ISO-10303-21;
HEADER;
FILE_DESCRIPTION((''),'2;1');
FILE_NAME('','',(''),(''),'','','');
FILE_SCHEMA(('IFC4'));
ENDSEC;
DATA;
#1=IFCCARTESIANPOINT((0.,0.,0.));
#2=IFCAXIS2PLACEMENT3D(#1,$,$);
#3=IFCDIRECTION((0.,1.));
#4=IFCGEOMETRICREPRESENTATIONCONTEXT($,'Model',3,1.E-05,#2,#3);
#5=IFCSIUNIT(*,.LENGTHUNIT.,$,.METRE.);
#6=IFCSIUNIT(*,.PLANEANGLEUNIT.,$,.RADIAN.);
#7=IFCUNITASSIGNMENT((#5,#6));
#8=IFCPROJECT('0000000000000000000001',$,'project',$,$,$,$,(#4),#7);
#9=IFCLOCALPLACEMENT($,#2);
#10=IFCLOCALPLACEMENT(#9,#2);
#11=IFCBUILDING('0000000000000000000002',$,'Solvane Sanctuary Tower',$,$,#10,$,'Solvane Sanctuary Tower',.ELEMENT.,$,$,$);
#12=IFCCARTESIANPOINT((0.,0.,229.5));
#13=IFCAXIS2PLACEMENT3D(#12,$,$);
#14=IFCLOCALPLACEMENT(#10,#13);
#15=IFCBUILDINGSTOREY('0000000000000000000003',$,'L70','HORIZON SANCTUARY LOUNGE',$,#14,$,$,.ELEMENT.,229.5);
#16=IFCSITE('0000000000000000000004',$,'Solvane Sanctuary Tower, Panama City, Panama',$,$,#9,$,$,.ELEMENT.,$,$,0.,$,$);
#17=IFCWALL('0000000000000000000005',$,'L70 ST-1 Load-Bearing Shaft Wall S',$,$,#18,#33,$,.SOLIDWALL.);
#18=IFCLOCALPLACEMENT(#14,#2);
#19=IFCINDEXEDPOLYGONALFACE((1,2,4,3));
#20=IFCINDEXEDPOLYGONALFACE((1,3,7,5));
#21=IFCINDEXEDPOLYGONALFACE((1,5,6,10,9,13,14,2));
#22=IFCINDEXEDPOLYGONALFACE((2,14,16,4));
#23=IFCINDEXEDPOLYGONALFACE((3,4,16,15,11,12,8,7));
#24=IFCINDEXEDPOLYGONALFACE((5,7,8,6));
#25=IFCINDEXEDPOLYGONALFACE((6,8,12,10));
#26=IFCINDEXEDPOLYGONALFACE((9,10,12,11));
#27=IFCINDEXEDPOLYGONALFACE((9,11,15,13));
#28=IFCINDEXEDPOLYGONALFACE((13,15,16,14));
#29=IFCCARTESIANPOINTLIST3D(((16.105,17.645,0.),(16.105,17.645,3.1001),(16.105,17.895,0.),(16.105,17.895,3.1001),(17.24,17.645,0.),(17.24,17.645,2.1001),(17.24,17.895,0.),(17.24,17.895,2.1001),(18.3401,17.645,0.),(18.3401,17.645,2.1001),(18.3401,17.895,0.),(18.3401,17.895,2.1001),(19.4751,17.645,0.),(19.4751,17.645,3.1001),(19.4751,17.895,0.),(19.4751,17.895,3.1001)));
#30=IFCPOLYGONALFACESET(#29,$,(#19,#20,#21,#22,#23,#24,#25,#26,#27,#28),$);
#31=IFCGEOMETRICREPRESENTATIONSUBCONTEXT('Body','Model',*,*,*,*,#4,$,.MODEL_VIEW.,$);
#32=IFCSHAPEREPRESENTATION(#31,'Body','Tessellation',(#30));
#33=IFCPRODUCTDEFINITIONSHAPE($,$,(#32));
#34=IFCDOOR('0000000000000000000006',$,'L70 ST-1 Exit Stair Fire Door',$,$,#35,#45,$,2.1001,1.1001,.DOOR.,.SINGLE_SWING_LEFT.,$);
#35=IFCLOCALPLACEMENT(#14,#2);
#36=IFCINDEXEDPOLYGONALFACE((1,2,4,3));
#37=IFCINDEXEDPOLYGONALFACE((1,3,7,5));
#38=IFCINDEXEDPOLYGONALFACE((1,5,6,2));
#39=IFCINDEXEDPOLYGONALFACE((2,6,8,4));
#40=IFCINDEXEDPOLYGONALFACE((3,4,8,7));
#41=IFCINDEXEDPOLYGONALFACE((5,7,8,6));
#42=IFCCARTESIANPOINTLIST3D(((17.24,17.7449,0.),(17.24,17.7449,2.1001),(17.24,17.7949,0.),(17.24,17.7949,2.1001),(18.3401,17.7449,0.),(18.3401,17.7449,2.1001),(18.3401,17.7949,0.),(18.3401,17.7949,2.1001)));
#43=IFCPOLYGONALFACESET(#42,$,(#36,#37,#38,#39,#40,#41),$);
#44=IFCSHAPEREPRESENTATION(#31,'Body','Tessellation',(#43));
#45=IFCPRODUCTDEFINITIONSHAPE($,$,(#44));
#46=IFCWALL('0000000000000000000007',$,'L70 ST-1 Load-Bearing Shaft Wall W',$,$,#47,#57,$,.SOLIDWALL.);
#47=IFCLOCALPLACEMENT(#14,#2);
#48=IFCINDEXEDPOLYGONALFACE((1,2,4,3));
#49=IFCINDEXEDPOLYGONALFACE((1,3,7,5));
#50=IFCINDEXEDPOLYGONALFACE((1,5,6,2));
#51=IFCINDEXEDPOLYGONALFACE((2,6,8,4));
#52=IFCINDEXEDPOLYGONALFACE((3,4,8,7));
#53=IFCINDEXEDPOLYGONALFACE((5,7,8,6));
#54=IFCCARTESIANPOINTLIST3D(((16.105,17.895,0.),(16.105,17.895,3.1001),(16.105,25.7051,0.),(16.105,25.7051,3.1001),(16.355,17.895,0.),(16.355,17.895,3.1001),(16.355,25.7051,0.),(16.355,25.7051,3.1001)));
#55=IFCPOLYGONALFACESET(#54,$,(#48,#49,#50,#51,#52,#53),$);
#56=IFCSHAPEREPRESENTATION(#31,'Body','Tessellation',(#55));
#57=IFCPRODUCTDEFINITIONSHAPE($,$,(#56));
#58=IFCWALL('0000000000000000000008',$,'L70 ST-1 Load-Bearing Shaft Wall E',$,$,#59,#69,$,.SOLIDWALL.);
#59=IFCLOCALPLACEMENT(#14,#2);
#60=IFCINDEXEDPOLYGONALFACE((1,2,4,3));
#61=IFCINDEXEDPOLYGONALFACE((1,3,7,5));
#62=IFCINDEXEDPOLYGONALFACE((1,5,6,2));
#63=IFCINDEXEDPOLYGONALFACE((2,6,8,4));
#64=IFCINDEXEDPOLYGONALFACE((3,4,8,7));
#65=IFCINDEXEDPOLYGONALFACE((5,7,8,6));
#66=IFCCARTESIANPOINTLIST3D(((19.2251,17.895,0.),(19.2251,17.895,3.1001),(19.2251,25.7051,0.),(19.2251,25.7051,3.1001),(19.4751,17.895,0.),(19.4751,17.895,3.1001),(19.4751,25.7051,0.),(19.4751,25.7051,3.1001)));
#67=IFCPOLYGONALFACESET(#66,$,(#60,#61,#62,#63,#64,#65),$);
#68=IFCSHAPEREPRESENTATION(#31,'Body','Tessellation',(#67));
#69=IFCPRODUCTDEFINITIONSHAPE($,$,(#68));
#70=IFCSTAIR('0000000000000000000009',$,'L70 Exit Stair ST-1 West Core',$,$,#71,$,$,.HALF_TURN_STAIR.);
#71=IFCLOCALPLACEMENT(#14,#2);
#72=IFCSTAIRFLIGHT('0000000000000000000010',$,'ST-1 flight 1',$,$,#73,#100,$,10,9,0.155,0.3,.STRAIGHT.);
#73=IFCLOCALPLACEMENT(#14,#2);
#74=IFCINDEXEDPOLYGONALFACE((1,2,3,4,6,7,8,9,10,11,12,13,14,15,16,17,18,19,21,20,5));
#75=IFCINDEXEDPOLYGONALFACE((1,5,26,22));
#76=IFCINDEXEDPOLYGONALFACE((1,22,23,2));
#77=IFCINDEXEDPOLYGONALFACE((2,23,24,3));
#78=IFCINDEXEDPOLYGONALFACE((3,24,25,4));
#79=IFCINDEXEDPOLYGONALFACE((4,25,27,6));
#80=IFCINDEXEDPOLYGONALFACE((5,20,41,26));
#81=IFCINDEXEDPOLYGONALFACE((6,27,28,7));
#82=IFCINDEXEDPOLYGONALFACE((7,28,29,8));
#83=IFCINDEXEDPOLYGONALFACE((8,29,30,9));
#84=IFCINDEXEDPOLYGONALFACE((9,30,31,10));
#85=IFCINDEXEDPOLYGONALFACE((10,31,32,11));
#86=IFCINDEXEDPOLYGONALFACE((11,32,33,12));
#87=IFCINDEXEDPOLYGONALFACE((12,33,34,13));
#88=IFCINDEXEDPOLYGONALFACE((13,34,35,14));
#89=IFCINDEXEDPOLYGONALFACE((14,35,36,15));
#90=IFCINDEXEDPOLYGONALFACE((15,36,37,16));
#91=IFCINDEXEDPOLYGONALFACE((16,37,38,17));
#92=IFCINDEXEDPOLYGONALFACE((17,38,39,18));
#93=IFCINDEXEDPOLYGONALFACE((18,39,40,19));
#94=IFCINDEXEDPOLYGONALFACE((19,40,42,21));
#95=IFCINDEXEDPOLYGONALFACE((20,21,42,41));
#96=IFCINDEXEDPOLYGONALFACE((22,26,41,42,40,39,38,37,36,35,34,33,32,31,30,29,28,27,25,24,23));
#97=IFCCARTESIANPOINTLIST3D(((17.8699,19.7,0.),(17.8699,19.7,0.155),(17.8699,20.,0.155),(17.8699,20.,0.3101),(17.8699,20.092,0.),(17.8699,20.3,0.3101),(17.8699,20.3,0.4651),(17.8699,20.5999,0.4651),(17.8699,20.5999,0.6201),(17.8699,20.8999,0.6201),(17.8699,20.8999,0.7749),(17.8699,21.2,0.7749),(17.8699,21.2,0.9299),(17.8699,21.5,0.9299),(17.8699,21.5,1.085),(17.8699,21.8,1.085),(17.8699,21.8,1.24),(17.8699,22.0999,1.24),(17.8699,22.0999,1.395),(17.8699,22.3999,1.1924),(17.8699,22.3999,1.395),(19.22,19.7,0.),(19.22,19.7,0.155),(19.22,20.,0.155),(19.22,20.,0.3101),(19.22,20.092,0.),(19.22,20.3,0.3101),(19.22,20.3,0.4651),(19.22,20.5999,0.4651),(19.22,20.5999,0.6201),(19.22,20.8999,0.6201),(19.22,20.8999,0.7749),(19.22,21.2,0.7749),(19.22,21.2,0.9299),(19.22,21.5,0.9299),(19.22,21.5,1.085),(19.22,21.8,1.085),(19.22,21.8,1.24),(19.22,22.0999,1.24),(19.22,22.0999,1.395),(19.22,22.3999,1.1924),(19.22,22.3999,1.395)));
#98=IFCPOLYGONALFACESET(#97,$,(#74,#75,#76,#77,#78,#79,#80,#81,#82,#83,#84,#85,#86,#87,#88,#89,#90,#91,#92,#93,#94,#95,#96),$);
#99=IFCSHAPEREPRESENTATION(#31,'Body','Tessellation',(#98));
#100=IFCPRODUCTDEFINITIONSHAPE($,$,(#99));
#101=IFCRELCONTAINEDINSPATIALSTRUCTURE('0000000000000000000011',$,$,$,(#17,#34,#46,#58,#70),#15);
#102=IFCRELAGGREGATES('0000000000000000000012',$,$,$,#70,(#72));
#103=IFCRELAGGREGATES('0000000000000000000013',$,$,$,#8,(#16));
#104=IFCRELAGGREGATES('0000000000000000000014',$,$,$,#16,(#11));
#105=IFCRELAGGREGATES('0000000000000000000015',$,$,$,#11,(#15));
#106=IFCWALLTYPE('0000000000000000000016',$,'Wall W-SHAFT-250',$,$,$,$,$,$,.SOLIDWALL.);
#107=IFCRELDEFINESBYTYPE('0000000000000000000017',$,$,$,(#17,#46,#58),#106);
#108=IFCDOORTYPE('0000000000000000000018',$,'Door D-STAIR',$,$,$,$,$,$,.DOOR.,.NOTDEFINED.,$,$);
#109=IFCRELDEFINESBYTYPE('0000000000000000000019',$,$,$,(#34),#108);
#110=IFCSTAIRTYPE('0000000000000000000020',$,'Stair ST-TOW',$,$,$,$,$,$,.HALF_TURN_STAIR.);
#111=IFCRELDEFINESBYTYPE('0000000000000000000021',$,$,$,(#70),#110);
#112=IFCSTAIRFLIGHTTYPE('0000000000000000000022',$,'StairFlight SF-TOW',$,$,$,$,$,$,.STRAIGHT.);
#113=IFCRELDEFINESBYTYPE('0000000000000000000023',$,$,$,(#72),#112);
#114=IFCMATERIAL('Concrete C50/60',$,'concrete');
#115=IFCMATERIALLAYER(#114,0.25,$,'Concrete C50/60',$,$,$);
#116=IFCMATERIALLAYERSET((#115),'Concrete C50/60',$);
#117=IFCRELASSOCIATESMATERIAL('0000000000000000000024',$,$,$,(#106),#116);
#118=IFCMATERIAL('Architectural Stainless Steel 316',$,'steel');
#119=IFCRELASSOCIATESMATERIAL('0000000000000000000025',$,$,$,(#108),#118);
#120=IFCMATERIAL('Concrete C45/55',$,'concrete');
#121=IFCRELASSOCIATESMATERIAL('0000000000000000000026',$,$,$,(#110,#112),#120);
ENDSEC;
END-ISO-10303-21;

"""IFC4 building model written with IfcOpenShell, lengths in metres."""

from ifc_helpers import new_model, si_unit, direction, frame, frame_2d, origin, place, context, subcontext, project, spatial, polyline, rectangle, outline, extrude, material, layer, layer_set, type_object, element, fill, aggregate, save


model = new_model("IFC4")

# Units and contexts
model_context = context("Model", 3, precision=1e-05, world=origin(), true_north=direction((0.0, 1.0)))
body_context = subcontext(model_context, "Body", "Model", "MODEL_VIEW")
ifc_project = project(units=[si_unit("LENGTHUNIT", "METRE"), si_unit("PLANEANGLEUNIT", "RADIAN")], contexts=[model_context])

# Site, building, storey
site_placement = place(None, origin())
site = spatial("IfcSite", under=ifc_project, at=site_placement, Name="Solvane Sanctuary Tower, Panama City, Panama", CompositionType="ELEMENT", RefElevation=0.0)
building_placement = place(site_placement, origin())
building = spatial("IfcBuilding", under=site, at=building_placement, Name="Solvane Sanctuary Tower", LongName="Solvane Sanctuary Tower", CompositionType="ELEMENT")
storey_placement = place(building_placement, frame((0.0, 0.0, 229.5)))
storey = spatial("IfcBuildingStorey", under=building, at=storey_placement, Name="L70", Description="HORIZON SANCTUARY LOUNGE", CompositionType="ELEMENT", Elevation=229.5)

# Shared definitions
ifc_material_1 = material(Name="Concrete C50/60", Category="concrete")

# Shared definitions
ifc_material_2 = material(Name="Architectural Stainless Steel 316", Category="steel")

# Wall, opening, door
ifc_layer_1 = layer(ifc_material_1, 0.25, Name="Concrete C50/60")
ifc_layer_set_1 = layer_set([ifc_layer_1], Name="Concrete C50/60")
wall_type_1 = type_object("IfcWallType", Name="Wall W-SHAFT-250", PredefinedType="SOLIDWALL", material=ifc_layer_set_1)
wall_1_placement = place(storey_placement, frame((16.105, 17.77, 0.0), z_axis=(0.0, 0.0, 1.0), x_axis=(1.0, 0.0, 0.0)))
wall_1 = element("IfcWall", 1, at=wall_1_placement, inside=storey, type_object=wall_type_1, Name="L70 ST-1 Load-Bearing Shaft Wall S", PredefinedType="SOLIDWALL", context=body_context, shape_type="SweptSolid", body=[
    extrude(rectangle(XDim=3.3701, YDim=0.25, at=frame_2d((1.6851, 0.0))), origin(), (0.0, 0.0, 1.0), 3.1001),
])
opening_1_placement = place(wall_1_placement, frame((1.135, 0.0, 0.0)))
opening_1 = element("IfcOpeningElement", 2, at=opening_1_placement, cuts=wall_1, PredefinedType="OPENING", context=body_context, shape_type="SweptSolid", body=[
    extrude(rectangle(XDim=1.1001, YDim=2.1001, at=frame_2d((0.55, 1.05))), frame((0.0, 0.135, 0.0), z_axis=(0.0, -1.0, 0.0), x_axis=(1.0, 0.0, 0.0)), (0.0, 0.0, 1.0), 0.27),
])
door_type_1 = type_object("IfcDoorType", Name="Door D-STAIR", OperationType="NOTDEFINED", PredefinedType="DOOR", material=ifc_material_2)
door_1_placement = place(opening_1_placement, origin())
door_1 = element("IfcDoor", 3, at=door_1_placement, inside=storey, type_object=door_type_1, Name="L70 ST-1 Exit Stair Fire Door", OperationType="SINGLE_SWING_LEFT", OverallHeight=2.1001, OverallWidth=1.1001, PredefinedType="DOOR", context=body_context, shape_type="SweptSolid", body=[
    extrude(rectangle(XDim=1.1001, YDim=2.1001, at=frame_2d((0.55, 1.05))), frame((0.0, 0.0249, 0.0), z_axis=(0.0, -1.0, 0.0), x_axis=(1.0, 0.0, 0.0)), (0.0, 0.0, 1.0), 0.05),
])
fill(opening_1, door_1)

# Walls
for number, where, z_axis, x_axis, name in (
    (4, (16.23, 17.895, 0.0), (0.0, 0.0, 1.0), (0.0, 1.0, 0.0), "L70 ST-1 Load-Bearing Shaft Wall W"),
    (5, (19.3501, 17.895, 0.0), (0.0, 0.0, 1.0), (0.0, 1.0, 0.0), "L70 ST-1 Load-Bearing Shaft Wall E"),
):
    element("IfcWall", number, at=place(storey_placement, frame(where, z_axis=z_axis, x_axis=x_axis)), inside=storey, type_object=wall_type_1, Name=name, PredefinedType="SOLIDWALL", context=body_context, shape_type="SweptSolid", body=[
        extrude(rectangle(XDim=7.8101, YDim=0.25, at=frame_2d((3.905, 0.0))), origin(), (0.0, 0.0, 1.0), 3.1001),
    ])

# Stair, stair flight
ifc_material_3 = material(Name="Concrete C45/55", Category="concrete")
stair_type = type_object("IfcStairType", Name="Stair ST-TOW", PredefinedType="HALF_TURN_STAIR", material=ifc_material_3)
stair_placement = place(storey_placement, origin())
stair = element("IfcStair", 6, at=stair_placement, inside=storey, type_object=stair_type, Name="L70 Exit Stair ST-1 West Core", PredefinedType="HALF_TURN_STAIR")
stair_flight_type = type_object("IfcStairFlightType", Name="StairFlight SF-TOW", PredefinedType="STRAIGHT", material=ifc_material_3)
stair_flight_placement = place(storey_placement, frame((18.5449, 19.7, 0.0), z_axis=(0.0, 0.0, 1.0), x_axis=(0.0, 1.0, 0.0)))
stair_flight = element("IfcStairFlight", 7, at=stair_flight_placement, type_object=stair_flight_type, Name="ST-1 flight 1", NumberOfRisers=10, NumberOfTreads=9, PredefinedType="STRAIGHT", RiserHeight=0.155, TreadLength=0.3, context=body_context, shape_type="SweptSolid", body=[
    extrude(outline(polyline([(0.0, 0.0), (0.0, 0.155), (0.3, 0.155), (0.3, 0.3101), (0.6001, 0.3101), (0.6001, 0.4651), (0.8999, 0.4651), (0.8999, 0.6201), (1.2, 0.6201), (1.2, 0.7749), (1.5, 0.7749), (1.5, 0.9299), (1.8, 0.9299), (1.8, 1.085), (2.1001, 1.085), (2.1001, 1.24), (2.3999, 1.24), (2.3999, 1.395), (2.7, 1.395), (2.7, 1.55), (2.7, 1.1924), (0.3921, 0.0), (0.0, 0.0)])), frame((0.0, 0.675, 0.0), z_axis=(0.0, -1.0, 0.0), x_axis=(1.0, 0.0, 0.0)), (0.0, 0.0, 1.0), 1.3501),
])
aggregate(stair, [stair_flight])

save(model, "model.ifc")
